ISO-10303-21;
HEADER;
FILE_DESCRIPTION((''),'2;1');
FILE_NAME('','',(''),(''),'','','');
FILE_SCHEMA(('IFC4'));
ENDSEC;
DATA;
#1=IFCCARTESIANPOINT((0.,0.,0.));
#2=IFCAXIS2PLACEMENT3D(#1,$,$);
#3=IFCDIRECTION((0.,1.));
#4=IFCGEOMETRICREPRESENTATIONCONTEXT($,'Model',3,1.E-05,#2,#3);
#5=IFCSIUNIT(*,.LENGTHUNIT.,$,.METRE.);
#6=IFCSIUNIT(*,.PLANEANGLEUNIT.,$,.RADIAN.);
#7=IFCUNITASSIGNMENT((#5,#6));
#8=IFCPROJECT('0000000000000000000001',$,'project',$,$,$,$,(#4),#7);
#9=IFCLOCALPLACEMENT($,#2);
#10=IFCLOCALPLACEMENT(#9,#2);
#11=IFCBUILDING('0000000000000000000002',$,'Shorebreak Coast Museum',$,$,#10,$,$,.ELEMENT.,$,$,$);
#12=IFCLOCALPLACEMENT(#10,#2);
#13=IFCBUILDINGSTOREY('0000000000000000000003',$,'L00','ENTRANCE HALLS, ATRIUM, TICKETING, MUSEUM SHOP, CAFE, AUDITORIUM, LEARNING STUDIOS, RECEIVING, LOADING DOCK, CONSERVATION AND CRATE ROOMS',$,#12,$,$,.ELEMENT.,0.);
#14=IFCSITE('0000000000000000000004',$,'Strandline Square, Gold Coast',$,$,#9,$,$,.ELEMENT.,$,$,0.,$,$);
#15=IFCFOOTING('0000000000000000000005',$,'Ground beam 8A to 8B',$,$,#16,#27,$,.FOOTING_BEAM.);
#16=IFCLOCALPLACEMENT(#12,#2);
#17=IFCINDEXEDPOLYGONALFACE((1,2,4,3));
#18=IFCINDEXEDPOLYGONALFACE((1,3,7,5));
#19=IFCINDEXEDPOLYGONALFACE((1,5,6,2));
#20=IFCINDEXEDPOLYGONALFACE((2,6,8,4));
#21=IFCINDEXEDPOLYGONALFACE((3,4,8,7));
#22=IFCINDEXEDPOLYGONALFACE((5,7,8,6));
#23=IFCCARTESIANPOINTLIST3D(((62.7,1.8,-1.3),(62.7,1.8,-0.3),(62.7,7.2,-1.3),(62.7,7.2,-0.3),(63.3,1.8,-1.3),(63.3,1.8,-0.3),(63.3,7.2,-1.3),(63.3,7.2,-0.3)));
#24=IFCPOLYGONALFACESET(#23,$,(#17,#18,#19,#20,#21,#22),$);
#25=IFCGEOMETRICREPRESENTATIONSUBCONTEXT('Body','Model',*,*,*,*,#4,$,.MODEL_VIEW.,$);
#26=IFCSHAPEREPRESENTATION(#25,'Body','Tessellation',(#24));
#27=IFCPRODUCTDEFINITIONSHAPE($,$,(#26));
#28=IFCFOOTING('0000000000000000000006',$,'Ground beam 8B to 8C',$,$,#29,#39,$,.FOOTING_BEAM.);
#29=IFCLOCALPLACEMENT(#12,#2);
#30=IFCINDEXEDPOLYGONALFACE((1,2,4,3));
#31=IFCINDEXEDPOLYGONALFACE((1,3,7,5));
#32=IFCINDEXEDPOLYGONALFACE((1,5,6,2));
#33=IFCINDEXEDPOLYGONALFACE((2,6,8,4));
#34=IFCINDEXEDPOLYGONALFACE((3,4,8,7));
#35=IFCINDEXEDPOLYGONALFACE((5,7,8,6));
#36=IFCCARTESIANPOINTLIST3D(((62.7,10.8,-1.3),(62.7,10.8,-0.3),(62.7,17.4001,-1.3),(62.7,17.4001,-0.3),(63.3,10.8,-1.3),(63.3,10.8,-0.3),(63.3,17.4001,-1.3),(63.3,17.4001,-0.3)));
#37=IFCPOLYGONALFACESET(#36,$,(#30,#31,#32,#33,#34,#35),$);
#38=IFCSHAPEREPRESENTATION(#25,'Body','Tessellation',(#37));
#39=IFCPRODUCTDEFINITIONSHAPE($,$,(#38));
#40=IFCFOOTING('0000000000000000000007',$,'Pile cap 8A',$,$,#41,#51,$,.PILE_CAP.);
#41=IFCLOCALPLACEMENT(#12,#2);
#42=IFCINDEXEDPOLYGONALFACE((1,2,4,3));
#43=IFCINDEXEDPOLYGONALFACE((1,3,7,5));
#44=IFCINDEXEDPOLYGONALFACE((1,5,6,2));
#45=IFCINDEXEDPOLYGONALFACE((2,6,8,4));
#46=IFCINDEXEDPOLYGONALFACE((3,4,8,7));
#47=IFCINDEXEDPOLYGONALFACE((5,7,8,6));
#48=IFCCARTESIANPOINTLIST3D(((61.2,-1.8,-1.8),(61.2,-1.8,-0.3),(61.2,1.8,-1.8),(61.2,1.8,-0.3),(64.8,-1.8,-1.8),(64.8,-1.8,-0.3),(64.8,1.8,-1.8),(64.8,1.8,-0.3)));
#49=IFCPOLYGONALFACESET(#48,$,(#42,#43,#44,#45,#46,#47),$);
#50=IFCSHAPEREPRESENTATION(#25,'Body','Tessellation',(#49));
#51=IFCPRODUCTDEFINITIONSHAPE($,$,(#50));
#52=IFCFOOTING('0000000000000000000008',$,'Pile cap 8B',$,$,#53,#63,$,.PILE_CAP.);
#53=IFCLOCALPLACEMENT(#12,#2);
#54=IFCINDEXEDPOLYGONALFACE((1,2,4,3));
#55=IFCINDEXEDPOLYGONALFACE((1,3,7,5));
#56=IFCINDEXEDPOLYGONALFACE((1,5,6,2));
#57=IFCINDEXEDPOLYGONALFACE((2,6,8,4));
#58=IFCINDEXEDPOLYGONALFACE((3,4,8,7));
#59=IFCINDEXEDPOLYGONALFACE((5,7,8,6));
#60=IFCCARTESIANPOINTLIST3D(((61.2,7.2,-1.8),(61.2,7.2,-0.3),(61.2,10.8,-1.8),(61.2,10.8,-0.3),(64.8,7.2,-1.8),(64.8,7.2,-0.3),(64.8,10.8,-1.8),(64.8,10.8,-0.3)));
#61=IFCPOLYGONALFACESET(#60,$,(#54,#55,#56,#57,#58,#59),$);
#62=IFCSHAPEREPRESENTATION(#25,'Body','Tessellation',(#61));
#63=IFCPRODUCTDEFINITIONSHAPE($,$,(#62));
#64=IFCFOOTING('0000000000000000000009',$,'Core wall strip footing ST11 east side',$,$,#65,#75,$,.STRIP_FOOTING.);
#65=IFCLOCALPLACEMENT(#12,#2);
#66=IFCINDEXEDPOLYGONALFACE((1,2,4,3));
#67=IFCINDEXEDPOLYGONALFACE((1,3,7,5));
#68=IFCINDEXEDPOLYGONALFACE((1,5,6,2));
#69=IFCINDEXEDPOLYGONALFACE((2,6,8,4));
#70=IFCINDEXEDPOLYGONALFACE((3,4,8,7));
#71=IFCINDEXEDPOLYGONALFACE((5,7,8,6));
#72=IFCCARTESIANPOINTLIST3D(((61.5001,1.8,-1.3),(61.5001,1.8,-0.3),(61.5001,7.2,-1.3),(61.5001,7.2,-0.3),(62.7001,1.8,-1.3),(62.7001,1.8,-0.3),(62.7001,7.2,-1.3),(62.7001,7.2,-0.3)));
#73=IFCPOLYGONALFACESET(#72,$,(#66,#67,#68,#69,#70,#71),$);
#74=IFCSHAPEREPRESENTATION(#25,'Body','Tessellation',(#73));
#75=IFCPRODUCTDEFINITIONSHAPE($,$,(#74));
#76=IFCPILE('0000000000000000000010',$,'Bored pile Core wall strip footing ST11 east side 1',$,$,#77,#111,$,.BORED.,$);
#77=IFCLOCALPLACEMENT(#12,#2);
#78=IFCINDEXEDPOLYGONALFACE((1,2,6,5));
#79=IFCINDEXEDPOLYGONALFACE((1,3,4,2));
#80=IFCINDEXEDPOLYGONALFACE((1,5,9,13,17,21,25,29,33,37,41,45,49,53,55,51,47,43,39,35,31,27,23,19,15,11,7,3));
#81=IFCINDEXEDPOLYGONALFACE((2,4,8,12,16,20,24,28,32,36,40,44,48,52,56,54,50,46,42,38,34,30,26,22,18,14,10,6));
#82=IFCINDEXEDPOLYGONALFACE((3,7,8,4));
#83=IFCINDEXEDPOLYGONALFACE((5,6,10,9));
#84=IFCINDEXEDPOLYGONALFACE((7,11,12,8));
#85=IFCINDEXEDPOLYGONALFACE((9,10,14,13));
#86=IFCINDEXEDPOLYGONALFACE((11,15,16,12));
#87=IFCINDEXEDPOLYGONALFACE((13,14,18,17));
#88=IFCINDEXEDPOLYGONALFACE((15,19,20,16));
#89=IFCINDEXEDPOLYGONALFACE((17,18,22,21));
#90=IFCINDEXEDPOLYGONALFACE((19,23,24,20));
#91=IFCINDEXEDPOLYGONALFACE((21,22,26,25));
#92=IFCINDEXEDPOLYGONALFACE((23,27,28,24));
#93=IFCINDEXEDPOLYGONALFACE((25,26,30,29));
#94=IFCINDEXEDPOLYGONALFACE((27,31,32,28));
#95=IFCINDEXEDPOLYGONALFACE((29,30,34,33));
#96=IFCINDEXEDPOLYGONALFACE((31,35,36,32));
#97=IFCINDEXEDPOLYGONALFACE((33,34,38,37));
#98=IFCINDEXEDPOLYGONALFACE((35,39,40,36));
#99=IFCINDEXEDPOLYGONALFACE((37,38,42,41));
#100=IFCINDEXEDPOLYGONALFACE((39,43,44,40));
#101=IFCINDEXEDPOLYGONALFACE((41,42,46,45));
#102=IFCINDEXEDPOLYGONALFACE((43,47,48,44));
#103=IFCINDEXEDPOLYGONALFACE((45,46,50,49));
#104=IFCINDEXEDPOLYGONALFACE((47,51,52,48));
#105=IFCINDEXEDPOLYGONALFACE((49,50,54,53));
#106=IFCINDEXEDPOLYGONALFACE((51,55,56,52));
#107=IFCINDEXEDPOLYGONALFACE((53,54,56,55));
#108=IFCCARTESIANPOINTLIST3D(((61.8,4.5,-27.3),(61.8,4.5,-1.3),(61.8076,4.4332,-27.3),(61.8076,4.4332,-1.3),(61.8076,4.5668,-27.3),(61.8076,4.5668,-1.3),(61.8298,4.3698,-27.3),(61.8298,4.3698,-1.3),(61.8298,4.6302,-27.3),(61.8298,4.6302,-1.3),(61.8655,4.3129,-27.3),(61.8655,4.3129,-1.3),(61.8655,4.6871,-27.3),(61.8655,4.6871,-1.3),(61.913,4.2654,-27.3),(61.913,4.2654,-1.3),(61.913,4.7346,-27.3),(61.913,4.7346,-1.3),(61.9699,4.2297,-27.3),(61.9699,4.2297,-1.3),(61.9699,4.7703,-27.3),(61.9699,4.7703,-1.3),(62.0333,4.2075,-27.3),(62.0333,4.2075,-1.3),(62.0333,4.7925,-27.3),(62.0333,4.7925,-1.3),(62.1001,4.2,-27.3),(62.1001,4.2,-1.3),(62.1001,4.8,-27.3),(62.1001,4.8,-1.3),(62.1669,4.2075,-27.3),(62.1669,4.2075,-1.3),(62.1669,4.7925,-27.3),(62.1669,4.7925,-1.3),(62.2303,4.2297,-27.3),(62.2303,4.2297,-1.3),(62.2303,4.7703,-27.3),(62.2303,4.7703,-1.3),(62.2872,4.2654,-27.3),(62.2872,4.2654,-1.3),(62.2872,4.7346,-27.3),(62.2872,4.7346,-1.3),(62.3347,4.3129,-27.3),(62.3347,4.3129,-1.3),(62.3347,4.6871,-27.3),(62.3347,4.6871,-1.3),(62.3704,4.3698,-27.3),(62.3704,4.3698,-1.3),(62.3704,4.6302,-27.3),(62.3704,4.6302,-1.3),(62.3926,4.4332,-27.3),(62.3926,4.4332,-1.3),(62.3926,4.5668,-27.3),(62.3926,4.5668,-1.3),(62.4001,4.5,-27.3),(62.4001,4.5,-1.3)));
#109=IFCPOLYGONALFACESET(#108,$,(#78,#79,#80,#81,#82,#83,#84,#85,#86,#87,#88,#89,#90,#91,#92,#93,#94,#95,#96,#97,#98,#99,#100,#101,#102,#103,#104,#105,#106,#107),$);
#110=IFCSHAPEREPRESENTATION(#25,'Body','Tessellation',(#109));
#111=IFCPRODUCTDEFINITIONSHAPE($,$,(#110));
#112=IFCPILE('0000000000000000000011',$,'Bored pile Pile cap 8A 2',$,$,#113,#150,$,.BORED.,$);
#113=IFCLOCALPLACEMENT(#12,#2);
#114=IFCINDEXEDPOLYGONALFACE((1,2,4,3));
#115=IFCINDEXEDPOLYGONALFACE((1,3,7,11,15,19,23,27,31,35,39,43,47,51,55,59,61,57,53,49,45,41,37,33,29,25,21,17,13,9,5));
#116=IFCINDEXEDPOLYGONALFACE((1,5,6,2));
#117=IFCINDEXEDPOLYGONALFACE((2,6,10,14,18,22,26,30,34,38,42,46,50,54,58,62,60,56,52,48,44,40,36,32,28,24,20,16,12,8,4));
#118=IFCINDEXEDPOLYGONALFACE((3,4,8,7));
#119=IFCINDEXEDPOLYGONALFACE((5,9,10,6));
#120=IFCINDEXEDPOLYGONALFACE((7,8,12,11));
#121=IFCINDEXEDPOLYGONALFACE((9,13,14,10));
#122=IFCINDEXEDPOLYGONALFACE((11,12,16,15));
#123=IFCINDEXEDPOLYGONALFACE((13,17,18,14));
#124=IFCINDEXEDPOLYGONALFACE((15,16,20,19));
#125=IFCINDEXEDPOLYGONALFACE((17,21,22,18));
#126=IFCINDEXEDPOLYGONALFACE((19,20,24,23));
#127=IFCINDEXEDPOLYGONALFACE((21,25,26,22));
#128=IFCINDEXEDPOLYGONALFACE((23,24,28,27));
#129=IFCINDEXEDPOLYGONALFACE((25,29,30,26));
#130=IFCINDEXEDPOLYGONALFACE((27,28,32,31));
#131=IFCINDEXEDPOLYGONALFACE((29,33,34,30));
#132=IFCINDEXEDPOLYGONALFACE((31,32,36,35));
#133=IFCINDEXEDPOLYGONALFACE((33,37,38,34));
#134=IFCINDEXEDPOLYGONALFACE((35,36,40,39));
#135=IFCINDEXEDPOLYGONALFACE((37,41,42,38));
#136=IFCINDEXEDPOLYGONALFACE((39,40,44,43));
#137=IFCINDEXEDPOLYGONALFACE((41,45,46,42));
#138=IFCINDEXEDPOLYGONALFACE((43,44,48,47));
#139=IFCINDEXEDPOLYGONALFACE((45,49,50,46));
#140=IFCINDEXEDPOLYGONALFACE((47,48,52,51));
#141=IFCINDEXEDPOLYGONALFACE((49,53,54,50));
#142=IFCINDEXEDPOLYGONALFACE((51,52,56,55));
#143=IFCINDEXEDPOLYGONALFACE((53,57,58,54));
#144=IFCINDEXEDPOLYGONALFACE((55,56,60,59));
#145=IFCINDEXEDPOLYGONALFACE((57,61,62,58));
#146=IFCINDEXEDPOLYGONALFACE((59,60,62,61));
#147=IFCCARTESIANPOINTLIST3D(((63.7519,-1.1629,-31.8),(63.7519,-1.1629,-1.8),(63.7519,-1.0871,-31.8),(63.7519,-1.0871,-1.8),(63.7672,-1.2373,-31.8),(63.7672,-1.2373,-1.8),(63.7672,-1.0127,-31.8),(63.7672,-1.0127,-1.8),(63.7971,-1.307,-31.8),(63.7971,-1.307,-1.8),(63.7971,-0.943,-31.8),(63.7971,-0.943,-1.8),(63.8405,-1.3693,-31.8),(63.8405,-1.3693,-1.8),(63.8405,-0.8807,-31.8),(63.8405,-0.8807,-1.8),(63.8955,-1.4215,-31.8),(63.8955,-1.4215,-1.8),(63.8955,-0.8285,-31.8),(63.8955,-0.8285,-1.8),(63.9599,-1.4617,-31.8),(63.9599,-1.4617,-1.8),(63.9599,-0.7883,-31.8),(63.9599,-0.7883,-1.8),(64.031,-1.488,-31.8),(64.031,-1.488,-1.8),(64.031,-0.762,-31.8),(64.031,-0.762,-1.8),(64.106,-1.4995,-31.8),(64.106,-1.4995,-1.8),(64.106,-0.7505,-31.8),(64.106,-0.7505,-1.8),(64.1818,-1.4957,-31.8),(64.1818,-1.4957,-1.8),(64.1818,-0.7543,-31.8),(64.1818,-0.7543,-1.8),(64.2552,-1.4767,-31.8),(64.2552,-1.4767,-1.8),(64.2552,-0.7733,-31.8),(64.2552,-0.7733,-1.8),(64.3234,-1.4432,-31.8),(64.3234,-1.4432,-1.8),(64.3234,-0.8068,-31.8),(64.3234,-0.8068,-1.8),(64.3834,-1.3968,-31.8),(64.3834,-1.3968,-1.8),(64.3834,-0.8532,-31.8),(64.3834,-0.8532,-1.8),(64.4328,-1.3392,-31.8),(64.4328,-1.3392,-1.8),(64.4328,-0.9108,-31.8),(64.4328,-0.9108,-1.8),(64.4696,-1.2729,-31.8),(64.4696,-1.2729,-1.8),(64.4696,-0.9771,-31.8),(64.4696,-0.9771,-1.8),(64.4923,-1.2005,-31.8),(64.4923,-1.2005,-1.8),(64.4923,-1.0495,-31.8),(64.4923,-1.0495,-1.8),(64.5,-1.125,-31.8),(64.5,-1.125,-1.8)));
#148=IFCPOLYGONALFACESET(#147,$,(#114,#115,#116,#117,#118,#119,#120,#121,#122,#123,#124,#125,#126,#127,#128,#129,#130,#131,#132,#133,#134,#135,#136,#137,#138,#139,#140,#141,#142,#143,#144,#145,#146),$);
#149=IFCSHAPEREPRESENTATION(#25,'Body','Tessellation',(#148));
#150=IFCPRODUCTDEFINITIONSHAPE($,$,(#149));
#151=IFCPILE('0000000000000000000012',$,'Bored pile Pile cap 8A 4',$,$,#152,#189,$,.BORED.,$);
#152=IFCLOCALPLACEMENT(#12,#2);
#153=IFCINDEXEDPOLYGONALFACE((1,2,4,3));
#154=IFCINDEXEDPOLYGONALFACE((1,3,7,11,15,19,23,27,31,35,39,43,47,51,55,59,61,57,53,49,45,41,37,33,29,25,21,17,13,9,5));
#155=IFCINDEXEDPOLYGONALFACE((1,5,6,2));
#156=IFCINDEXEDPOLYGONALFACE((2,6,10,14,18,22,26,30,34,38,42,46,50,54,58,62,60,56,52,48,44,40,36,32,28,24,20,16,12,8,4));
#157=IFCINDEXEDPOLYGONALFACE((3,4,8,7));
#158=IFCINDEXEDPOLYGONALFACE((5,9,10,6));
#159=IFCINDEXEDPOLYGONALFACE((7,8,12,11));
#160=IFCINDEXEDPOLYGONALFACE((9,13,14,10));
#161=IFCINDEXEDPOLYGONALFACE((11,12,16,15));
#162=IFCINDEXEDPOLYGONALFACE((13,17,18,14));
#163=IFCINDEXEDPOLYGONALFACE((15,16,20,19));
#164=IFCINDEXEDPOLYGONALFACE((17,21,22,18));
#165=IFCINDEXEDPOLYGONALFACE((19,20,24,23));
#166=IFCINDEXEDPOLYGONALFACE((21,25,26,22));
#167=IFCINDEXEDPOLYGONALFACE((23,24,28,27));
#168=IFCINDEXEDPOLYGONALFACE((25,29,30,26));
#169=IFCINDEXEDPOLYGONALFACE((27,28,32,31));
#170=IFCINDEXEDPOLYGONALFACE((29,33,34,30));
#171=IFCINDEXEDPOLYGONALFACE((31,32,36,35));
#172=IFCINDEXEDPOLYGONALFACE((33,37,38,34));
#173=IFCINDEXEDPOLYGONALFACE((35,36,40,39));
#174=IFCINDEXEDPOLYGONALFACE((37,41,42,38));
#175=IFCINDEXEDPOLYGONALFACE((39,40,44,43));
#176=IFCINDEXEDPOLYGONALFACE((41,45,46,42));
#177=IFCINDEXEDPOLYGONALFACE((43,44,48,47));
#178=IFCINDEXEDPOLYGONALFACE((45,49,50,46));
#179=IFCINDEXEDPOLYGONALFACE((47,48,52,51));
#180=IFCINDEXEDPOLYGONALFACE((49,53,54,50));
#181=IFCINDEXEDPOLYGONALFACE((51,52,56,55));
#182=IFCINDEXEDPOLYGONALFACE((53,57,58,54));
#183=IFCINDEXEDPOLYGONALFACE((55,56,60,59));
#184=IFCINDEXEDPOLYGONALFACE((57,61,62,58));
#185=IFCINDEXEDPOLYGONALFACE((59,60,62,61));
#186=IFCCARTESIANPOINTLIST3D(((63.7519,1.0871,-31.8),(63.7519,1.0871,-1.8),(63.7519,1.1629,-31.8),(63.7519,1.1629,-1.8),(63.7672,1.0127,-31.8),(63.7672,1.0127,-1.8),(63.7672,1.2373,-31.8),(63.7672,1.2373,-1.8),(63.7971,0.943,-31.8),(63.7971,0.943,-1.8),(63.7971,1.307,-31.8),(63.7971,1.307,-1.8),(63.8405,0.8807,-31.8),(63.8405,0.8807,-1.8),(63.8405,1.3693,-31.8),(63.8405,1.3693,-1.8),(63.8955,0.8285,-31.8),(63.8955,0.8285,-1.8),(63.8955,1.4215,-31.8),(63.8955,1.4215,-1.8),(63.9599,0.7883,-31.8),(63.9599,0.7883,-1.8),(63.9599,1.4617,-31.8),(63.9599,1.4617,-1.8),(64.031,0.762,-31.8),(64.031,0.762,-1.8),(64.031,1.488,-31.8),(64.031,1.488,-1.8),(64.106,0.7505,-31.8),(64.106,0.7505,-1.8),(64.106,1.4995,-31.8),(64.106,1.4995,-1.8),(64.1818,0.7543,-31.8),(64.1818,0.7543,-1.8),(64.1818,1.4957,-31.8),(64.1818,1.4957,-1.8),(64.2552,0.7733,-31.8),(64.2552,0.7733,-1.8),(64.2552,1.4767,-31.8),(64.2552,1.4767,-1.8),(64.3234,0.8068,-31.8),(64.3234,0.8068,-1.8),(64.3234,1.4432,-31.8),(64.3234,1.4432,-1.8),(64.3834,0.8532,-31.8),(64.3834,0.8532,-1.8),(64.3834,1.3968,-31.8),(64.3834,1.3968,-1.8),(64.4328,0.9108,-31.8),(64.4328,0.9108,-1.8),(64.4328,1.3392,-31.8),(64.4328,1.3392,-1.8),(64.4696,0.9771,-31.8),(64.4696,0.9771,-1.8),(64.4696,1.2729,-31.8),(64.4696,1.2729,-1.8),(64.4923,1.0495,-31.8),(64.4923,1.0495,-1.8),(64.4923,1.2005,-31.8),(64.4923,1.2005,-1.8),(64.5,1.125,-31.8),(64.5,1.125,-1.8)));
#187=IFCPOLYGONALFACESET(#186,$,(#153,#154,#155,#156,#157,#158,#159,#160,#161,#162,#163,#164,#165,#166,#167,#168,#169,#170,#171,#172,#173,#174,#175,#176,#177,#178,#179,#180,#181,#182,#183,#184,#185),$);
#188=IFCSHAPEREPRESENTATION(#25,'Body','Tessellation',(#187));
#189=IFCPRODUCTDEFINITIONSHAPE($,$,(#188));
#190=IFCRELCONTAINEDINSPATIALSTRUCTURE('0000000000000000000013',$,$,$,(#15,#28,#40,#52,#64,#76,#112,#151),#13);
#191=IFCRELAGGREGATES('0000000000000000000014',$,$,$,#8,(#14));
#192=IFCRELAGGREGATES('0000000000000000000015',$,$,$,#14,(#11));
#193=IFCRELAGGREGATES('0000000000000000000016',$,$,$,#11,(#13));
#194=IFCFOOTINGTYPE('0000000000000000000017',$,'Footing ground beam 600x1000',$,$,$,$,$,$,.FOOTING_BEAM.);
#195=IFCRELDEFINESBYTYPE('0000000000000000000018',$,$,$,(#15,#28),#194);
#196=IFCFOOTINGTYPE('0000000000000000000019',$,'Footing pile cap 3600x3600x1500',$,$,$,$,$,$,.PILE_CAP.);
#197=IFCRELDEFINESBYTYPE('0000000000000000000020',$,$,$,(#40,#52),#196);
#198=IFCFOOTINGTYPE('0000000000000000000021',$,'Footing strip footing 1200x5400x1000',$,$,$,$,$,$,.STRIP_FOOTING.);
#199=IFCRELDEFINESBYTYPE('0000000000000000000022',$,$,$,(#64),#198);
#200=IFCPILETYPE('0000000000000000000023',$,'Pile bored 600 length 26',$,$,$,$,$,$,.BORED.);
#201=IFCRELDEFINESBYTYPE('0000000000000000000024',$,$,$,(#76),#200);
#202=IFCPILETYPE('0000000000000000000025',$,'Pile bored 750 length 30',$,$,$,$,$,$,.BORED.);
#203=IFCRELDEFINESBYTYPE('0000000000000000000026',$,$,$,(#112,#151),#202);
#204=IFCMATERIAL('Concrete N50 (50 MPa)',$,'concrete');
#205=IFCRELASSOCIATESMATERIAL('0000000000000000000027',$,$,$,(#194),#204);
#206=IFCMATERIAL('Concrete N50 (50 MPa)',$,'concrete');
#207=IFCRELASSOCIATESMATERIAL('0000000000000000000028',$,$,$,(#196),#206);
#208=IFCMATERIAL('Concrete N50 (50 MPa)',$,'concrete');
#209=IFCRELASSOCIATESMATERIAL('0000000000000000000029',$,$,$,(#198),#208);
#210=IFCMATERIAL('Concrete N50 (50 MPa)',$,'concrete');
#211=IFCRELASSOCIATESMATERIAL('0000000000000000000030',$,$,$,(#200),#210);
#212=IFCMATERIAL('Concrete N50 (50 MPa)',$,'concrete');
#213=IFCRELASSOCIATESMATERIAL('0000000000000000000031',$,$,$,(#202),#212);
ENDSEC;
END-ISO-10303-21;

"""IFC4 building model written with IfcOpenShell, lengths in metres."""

from ifc_helpers import new_model, si_unit, direction, frame, origin, origin_2d, place, context, subcontext, project, spatial, rectangle, circle, extrude, material, material_profile, profile_set, type_object, element, save


model = new_model("IFC4")

# Units and contexts
model_context = context("Model", 3, precision=1e-05, world=origin(), true_north=direction((0.0, 1.0)))
body_context = subcontext(model_context, "Body", "Model", "MODEL_VIEW")
ifc_project = project(units=[si_unit("LENGTHUNIT", "METRE"), si_unit("PLANEANGLEUNIT", "RADIAN")], contexts=[model_context])

# Site, building, storey
site_placement = place(None, origin())
site = spatial("IfcSite", under=ifc_project, at=site_placement, Name="Strandline Square, Gold Coast", CompositionType="ELEMENT", RefElevation=0.0)
building_placement = place(site_placement, origin())
building = spatial("IfcBuilding", under=site, at=building_placement, Name="Shorebreak Coast Museum", CompositionType="ELEMENT")
storey_placement = place(building_placement, origin())
storey = spatial("IfcBuildingStorey", under=building, at=storey_placement, Name="L00", Description="ENTRANCE HALLS, ATRIUM, TICKETING, MUSEUM SHOP, CAFE, AUDITORIUM, LEARNING STUDIOS, RECEIVING, LOADING DOCK, CONSERVATION AND CRATE ROOMS", CompositionType="ELEMENT", Elevation=0.0)

# Footings
ifc_material_1 = material(Name="Concrete N50 (50 MPa)", Category="concrete")
footing_type_1 = type_object("IfcFootingType", Name="Footing ground beam 600x1000", PredefinedType="FOOTING_BEAM", material=ifc_material_1)
footing_1_placement = place(storey_placement, frame((63.0, 4.5, -1.3), z_axis=(0.0, 0.0, 1.0), x_axis=(1.0, 0.0, 0.0)))
element("IfcFooting", 1, at=footing_1_placement, inside=storey, type_object=footing_type_1, Name="Ground beam 8A to 8B", PredefinedType="FOOTING_BEAM", context=body_context, shape_type="SweptSolid", body=[
    extrude(rectangle(XDim=0.6001, YDim=5.3999, at=origin_2d()), origin(), (0.0, 0.0, 1.0), 1.0),
])
footing_2_placement = place(storey_placement, frame((63.0, 14.1001, -1.3), z_axis=(0.0, 0.0, 1.0), x_axis=(1.0, 0.0, 0.0)))
element("IfcFooting", 2, at=footing_2_placement, inside=storey, type_object=footing_type_1, Name="Ground beam 8B to 8C", PredefinedType="FOOTING_BEAM", context=body_context, shape_type="SweptSolid", body=[
    extrude(rectangle(XDim=0.6001, YDim=6.6001, at=origin_2d()), origin(), (0.0, 0.0, 1.0), 1.0),
])
ifc_material_2 = material(Name="Concrete N50 (50 MPa)", Category="concrete")
footing_type_2 = type_object("IfcFootingType", Name="Footing pile cap 3600x3600x1500", PredefinedType="PILE_CAP", material=ifc_material_2)
for number, where, z_axis, x_axis, name in (
    (3, (63.0, 0.0, -1.8), (0.0, 0.0, 1.0), (1.0, 0.0, 0.0), "Pile cap 8A"),
    (4, (63.0, 9.0, -1.8), (0.0, 0.0, 1.0), (1.0, 0.0, 0.0), "Pile cap 8B"),
):
    element("IfcFooting", number, at=place(storey_placement, frame(where, z_axis=z_axis, x_axis=x_axis)), inside=storey, type_object=footing_type_2, Name=name, PredefinedType="PILE_CAP", context=body_context, shape_type="SweptSolid", body=[
        extrude(rectangle(XDim=3.6001, YDim=3.6001, at=origin_2d()), origin(), (0.0, 0.0, 1.0), 1.5),
    ])
ifc_material_3 = material(Name="Concrete N50 (50 MPa)", Category="concrete")
footing_type_3 = type_object("IfcFootingType", Name="Footing strip footing 1200x5400x1000", PredefinedType="STRIP_FOOTING", material=ifc_material_3)
footing_3_placement = place(storey_placement, frame((62.1001, 4.5, -1.3), z_axis=(0.0, 0.0, 1.0), x_axis=(1.0, 0.0, 0.0)))
element("IfcFooting", 5, at=footing_3_placement, inside=storey, type_object=footing_type_3, Name="Core wall strip footing ST11 east side", PredefinedType="STRIP_FOOTING", context=body_context, shape_type="SweptSolid", body=[
    extrude(rectangle(XDim=1.2, YDim=5.3999, at=origin_2d()), origin(), (0.0, 0.0, 1.0), 1.0),
])

# Piles
ifc_material_4 = material(Name="Concrete N50 (50 MPa)", Category="concrete")
ifc_material_profile_1 = material_profile(ifc_material_4, circle(Radius=0.3, at=origin_2d()), Name="Pile bored 600 length 26")
ifc_profile_set_1 = profile_set([ifc_material_profile_1], Name="Concrete N50 (50 MPa)")
pile_type_1 = type_object("IfcPileType", Name="Pile bored 600 length 26", PredefinedType="BORED", material=ifc_profile_set_1)
pile_placement = place(storey_placement, frame((62.1001, 4.5, -1.3), z_axis=(0.0, 0.0, -1.0), x_axis=(1.0, 0.0, 0.0)))
element("IfcPile", 6, at=pile_placement, inside=storey, type_object=pile_type_1, Name="Bored pile Core wall strip footing ST11 east side 1", PredefinedType="BORED", context=body_context, shape_type="SweptSolid", body=[
    extrude(circle(Radius=0.3, at=origin_2d()), origin(), (0.0, 0.0, 1.0), 26.0),
])
ifc_material_5 = material(Name="Concrete N50 (50 MPa)", Category="concrete")
ifc_material_profile_2 = material_profile(ifc_material_5, circle(Radius=0.375, at=origin_2d()), Name="Pile bored 750 length 30")
ifc_profile_set_2 = profile_set([ifc_material_profile_2], Name="Concrete N50 (50 MPa)")
pile_type_2 = type_object("IfcPileType", Name="Pile bored 750 length 30", PredefinedType="BORED", material=ifc_profile_set_2)
for number, where, z_axis, x_axis, name in (
    (7, (64.125, -1.125, -1.8), (0.0, 0.0, -1.0), (1.0, 0.0, 0.0), "Bored pile Pile cap 8A 2"),
    (8, (64.125, 1.125, -1.8), (0.0, 0.0, -1.0), (1.0, 0.0, 0.0), "Bored pile Pile cap 8A 4"),
):
    element("IfcPile", number, at=place(storey_placement, frame(where, z_axis=z_axis, x_axis=x_axis)), inside=storey, type_object=pile_type_2, Name=name, PredefinedType="BORED", context=body_context, shape_type="SweptSolid", body=[
        extrude(circle(Radius=0.375, at=origin_2d()), origin(), (0.0, 0.0, 1.0), 30.0),
    ])

save(model, "model.ifc")
